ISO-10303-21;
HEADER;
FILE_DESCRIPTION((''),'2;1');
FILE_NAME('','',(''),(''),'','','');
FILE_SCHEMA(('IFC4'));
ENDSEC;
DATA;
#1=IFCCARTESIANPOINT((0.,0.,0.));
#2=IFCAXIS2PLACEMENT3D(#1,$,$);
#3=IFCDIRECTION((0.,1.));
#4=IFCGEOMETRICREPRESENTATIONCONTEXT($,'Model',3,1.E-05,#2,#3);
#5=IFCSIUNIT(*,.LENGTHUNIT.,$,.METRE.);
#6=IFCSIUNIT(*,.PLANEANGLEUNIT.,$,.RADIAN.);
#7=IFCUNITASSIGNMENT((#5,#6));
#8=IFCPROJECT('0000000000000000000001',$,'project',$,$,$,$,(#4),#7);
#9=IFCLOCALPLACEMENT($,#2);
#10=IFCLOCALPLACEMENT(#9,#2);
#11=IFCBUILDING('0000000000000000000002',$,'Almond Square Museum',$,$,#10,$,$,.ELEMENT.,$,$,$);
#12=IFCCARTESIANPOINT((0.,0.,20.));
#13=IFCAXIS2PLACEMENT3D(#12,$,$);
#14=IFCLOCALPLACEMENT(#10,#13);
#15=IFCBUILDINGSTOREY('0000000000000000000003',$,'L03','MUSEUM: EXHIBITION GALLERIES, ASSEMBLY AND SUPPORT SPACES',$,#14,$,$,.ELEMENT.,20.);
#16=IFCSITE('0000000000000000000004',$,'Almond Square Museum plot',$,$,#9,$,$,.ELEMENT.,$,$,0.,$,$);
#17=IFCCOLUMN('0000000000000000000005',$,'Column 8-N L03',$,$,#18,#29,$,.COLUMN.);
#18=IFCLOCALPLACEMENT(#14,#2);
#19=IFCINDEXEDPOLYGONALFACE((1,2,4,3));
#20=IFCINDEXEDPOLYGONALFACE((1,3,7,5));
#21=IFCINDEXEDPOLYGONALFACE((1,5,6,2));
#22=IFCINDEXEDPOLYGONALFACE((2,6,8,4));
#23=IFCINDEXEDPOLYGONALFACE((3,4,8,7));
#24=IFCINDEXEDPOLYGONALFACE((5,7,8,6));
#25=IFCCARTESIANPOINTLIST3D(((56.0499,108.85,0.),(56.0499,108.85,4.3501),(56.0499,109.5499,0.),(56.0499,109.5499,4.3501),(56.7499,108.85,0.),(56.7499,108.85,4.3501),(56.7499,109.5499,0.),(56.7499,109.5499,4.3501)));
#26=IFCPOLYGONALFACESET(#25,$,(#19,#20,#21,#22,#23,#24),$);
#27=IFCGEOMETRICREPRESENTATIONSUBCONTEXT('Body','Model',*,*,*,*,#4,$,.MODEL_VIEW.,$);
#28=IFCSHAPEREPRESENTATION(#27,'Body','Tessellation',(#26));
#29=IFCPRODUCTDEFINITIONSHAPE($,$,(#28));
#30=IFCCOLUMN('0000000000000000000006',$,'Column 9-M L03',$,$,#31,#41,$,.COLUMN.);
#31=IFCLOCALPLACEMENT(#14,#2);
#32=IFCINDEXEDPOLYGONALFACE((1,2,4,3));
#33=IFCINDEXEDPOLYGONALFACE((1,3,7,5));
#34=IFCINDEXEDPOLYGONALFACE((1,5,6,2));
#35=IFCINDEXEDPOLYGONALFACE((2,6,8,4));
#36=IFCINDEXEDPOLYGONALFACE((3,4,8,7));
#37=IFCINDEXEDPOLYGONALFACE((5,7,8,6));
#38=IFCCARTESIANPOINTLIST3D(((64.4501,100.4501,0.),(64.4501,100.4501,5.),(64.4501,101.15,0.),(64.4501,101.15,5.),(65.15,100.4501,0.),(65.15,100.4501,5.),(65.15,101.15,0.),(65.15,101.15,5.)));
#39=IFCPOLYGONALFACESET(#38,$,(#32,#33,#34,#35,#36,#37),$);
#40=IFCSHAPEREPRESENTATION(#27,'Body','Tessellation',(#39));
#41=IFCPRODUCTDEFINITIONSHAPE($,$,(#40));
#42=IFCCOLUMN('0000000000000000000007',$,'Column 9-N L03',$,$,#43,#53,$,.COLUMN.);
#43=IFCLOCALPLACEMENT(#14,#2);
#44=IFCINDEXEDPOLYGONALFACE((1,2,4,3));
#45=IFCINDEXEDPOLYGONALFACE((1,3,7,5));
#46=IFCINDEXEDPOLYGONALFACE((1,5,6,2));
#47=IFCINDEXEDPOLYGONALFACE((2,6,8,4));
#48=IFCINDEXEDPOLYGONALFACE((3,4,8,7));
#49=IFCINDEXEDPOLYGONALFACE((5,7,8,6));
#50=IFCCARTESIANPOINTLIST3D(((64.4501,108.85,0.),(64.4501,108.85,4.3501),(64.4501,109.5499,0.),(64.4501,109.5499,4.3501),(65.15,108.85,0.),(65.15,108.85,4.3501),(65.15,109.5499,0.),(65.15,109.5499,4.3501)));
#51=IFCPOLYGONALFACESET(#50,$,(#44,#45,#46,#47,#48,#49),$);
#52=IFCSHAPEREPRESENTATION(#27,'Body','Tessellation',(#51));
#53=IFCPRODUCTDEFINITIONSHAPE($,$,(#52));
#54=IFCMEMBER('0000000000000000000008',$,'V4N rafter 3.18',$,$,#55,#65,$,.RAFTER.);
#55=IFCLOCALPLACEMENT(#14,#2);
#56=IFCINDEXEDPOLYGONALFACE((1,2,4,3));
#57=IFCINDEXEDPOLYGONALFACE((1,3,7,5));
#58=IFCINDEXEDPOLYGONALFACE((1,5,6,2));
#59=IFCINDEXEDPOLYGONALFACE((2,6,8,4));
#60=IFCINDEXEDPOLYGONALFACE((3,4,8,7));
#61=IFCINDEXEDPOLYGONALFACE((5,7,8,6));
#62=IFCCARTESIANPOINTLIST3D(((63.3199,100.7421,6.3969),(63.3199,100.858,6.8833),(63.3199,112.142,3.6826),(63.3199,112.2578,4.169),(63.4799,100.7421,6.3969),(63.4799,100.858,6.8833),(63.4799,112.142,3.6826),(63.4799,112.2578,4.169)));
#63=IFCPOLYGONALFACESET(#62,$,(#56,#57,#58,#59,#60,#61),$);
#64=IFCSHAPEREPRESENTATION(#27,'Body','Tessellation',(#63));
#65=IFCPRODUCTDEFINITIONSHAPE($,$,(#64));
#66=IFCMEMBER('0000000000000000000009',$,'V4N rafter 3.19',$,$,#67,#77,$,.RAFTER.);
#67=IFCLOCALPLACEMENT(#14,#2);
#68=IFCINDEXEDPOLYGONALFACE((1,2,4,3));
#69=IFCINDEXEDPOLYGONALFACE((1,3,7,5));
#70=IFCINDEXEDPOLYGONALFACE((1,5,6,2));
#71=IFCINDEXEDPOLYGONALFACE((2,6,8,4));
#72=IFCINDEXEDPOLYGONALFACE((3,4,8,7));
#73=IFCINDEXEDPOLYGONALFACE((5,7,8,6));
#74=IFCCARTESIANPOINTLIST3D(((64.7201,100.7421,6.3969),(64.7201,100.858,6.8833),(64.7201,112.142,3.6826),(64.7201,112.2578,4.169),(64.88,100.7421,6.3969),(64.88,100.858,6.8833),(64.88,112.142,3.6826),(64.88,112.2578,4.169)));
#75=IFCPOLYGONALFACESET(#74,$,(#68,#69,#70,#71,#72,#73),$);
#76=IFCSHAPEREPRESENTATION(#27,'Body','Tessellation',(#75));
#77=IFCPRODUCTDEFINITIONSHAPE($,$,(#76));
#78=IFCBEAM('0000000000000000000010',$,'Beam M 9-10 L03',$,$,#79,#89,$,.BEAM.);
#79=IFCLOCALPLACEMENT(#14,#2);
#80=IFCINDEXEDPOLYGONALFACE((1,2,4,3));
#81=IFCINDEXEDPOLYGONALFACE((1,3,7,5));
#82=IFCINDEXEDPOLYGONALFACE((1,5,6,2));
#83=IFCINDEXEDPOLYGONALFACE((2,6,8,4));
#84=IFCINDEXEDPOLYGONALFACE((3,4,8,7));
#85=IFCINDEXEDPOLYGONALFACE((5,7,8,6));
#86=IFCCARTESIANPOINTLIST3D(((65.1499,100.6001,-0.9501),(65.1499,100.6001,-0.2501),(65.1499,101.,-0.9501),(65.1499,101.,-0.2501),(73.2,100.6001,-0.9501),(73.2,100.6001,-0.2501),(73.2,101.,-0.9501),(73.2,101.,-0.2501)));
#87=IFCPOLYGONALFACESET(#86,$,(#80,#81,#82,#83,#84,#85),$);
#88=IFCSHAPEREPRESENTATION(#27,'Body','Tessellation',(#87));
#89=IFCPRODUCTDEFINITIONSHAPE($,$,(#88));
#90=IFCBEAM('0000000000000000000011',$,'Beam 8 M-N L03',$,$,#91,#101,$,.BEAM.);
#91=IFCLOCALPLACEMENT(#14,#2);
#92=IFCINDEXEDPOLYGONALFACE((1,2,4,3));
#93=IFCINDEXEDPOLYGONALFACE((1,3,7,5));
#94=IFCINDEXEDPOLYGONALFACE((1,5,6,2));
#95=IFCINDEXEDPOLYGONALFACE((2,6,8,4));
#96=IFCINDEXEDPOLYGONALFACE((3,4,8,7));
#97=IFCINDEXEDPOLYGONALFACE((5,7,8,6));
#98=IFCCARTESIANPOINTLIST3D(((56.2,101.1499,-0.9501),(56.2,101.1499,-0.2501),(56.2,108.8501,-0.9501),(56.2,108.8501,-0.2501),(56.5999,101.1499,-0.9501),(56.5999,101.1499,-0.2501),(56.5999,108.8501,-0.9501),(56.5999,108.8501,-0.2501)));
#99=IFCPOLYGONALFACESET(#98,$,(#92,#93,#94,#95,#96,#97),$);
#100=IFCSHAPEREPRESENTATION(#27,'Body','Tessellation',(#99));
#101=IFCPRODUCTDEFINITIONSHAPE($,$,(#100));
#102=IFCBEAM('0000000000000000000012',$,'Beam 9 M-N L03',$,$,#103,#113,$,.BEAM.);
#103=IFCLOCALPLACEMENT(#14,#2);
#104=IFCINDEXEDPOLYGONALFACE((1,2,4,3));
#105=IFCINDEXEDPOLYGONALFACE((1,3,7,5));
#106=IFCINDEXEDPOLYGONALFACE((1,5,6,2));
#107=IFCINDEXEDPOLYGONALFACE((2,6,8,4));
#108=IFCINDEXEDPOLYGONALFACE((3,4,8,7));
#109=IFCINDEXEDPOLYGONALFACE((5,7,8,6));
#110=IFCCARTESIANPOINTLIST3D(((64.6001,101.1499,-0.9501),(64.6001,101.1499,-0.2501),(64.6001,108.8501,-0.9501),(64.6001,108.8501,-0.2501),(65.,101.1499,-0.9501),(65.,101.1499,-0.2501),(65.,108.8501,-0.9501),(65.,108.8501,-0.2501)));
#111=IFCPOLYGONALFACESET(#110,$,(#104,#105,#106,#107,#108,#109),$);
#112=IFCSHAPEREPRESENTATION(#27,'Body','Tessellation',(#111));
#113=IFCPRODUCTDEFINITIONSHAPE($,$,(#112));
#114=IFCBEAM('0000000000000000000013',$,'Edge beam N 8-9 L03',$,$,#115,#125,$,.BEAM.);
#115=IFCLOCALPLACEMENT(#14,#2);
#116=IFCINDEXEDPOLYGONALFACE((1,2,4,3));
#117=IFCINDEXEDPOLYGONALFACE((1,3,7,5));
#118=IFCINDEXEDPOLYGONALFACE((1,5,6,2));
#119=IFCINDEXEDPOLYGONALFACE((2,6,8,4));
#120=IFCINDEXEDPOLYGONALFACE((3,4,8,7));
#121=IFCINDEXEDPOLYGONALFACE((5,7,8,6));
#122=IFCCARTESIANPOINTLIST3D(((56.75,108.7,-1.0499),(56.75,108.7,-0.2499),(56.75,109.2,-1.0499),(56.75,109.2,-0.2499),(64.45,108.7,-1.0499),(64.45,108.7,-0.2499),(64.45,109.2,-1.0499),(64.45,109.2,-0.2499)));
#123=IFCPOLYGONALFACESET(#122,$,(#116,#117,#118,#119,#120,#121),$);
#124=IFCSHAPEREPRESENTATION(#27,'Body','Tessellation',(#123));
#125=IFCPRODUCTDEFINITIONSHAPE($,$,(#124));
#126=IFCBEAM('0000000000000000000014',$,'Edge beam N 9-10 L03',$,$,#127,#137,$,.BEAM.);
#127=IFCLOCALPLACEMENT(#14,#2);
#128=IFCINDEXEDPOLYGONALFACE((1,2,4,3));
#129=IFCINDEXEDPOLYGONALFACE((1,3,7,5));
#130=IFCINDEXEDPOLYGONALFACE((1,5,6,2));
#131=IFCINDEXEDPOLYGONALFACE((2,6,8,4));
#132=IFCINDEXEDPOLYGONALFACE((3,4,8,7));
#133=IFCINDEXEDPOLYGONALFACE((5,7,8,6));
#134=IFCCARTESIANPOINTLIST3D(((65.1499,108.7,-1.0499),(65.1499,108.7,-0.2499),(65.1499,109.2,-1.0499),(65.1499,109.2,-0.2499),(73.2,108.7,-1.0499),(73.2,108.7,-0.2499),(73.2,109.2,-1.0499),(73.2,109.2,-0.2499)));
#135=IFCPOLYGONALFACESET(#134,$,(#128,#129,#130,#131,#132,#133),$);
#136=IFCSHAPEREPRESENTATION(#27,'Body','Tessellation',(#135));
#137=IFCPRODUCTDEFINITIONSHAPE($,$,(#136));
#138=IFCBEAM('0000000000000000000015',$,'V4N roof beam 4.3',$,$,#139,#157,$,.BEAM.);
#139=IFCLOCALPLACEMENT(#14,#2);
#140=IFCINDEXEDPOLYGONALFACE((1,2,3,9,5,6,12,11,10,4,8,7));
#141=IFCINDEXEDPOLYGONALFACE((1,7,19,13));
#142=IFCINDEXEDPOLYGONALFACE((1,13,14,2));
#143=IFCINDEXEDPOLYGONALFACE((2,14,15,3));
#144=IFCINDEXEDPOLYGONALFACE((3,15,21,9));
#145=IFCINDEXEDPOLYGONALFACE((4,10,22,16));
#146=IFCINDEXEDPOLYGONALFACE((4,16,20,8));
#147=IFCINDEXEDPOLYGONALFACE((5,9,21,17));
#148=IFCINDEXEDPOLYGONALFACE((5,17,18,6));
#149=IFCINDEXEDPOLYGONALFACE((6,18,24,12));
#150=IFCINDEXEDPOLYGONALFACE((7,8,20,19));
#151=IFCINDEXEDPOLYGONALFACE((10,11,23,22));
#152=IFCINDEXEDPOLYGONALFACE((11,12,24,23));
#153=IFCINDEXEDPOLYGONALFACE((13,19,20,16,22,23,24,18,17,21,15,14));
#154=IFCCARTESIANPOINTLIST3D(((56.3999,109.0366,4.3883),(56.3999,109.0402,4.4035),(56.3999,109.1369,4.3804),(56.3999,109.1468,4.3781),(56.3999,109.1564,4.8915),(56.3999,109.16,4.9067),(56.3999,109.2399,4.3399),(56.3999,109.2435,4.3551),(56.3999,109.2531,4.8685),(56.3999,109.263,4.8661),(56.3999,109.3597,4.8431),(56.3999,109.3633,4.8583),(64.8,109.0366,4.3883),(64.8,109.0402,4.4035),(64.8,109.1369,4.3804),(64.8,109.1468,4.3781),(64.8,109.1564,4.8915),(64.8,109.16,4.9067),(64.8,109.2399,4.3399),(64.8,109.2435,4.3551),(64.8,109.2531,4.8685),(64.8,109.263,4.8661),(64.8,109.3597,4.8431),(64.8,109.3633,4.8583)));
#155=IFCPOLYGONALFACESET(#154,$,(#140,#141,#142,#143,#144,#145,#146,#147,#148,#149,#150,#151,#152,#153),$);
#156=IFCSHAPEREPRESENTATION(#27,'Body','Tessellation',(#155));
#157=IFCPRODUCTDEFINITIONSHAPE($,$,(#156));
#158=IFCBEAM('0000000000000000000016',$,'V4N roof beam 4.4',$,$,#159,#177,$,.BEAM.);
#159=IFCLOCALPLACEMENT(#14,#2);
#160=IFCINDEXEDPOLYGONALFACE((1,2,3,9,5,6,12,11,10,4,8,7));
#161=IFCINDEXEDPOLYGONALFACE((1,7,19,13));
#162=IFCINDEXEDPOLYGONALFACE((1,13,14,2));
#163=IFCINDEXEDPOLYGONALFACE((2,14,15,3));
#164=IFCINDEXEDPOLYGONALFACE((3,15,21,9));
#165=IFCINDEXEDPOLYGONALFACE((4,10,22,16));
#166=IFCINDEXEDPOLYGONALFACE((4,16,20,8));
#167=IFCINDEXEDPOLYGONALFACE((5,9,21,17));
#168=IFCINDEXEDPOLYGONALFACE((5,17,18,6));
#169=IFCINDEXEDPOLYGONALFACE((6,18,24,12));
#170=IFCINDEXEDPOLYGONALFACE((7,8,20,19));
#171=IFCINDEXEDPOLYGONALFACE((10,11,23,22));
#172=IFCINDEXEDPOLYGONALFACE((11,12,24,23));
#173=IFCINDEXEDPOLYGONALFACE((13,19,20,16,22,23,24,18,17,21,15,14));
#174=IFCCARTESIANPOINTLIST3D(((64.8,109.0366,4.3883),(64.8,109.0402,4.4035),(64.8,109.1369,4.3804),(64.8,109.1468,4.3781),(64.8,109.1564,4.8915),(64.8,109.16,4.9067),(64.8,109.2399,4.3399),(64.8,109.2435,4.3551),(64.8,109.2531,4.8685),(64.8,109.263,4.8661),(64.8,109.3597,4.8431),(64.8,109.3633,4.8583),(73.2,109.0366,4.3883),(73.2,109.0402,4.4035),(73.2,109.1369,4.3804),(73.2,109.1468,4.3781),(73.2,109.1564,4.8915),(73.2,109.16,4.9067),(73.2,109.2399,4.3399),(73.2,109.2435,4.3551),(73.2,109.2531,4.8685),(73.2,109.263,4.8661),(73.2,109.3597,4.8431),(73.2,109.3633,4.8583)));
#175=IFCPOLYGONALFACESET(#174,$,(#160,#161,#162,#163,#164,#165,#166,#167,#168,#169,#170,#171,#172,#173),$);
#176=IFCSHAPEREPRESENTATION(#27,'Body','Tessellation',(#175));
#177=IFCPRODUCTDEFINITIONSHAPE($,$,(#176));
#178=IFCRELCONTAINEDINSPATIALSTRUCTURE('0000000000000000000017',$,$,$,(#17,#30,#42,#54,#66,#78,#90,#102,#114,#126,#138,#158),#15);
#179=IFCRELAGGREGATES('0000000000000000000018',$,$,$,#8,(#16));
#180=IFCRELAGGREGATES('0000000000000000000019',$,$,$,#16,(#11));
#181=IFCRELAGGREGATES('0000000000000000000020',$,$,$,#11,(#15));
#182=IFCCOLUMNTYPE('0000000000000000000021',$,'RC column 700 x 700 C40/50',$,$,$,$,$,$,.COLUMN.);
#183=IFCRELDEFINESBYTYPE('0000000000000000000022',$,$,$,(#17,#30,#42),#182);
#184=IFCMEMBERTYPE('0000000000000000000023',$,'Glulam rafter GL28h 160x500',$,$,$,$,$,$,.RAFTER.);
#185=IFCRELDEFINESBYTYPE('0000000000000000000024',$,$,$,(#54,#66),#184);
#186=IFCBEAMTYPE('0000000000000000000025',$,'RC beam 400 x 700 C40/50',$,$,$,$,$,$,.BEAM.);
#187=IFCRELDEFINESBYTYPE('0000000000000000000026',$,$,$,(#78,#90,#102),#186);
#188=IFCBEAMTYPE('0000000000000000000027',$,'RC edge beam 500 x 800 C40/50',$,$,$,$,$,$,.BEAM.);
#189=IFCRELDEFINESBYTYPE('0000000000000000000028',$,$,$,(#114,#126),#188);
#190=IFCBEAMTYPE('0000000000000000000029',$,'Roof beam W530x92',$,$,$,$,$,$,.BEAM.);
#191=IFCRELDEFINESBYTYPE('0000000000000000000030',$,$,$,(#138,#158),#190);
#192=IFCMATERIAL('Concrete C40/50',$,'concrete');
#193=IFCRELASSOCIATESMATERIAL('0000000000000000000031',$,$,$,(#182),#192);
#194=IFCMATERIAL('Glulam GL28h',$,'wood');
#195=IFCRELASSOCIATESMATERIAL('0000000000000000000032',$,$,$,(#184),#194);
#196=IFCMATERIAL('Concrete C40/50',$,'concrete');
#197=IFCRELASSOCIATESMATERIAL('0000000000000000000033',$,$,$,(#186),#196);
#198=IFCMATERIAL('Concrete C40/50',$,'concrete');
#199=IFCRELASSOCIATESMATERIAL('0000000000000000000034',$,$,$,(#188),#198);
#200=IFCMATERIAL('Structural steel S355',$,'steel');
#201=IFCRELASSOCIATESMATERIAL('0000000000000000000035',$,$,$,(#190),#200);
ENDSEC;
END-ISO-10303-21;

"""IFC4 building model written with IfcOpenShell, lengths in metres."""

from ifc_helpers import new_model, si_unit, direction, frame, origin, origin_2d, place, context, subcontext, project, spatial, rectangle, i_section, extrude, material, material_profile, profile_set, type_object, element, save


model = new_model("IFC4")

# Units and contexts
model_context = context("Model", 3, precision=1e-05, world=origin(), true_north=direction((0.0, 1.0)))
body_context = subcontext(model_context, "Body", "Model", "MODEL_VIEW")
ifc_project = project(units=[si_unit("LENGTHUNIT", "METRE"), si_unit("PLANEANGLEUNIT", "RADIAN")], contexts=[model_context])

# Site, building, storey
site_placement = place(None, origin())
site = spatial("IfcSite", under=ifc_project, at=site_placement, Name="Almond Square Museum plot", CompositionType="ELEMENT", RefElevation=0.0)
building_placement = place(site_placement, origin())
building = spatial("IfcBuilding", under=site, at=building_placement, Name="Almond Square Museum", CompositionType="ELEMENT")
storey_placement = place(building_placement, frame((0.0, 0.0, 20.0)))
storey = spatial("IfcBuildingStorey", under=building, at=storey_placement, Name="L03", Description="MUSEUM: EXHIBITION GALLERIES, ASSEMBLY AND SUPPORT SPACES", CompositionType="ELEMENT", Elevation=20.0)

# Columns
ifc_material_1 = material(Name="Concrete C40/50", Category="concrete")
ifc_material_profile_1 = material_profile(ifc_material_1, rectangle(XDim=0.7, YDim=0.7, at=origin_2d()))
ifc_profile_set_1 = profile_set([ifc_material_profile_1], Name="Concrete C40/50")
column_type = type_object("IfcColumnType", Name="RC column 700 x 700 C40/50", PredefinedType="COLUMN", material=ifc_profile_set_1)
column_1_placement = place(storey_placement, frame((56.3999, 109.2, 0.0), z_axis=(0.0, 0.0, 1.0), x_axis=(1.0, 0.0, 0.0)))
element("IfcColumn", 1, at=column_1_placement, inside=storey, type_object=column_type, Name="Column 8-N L03", PredefinedType="COLUMN", context=body_context, shape_type="SweptSolid", body=[
    extrude(rectangle(XDim=0.7, YDim=0.7, at=origin_2d()), origin(), (0.0, 0.0, 1.0), 4.3501),
])
column_2_placement = place(storey_placement, frame((64.8, 100.8, 0.0), z_axis=(0.0, 0.0, 1.0), x_axis=(1.0, 0.0, 0.0)))
element("IfcColumn", 2, at=column_2_placement, inside=storey, type_object=column_type, Name="Column 9-M L03", PredefinedType="COLUMN", context=body_context, shape_type="SweptSolid", body=[
    extrude(rectangle(XDim=0.7, YDim=0.7, at=origin_2d()), origin(), (0.0, 0.0, 1.0), 5.0),
])
column_3_placement = place(storey_placement, frame((64.8, 109.2, 0.0), z_axis=(0.0, 0.0, 1.0), x_axis=(1.0, 0.0, 0.0)))
element("IfcColumn", 3, at=column_3_placement, inside=storey, type_object=column_type, Name="Column 9-N L03", PredefinedType="COLUMN", context=body_context, shape_type="SweptSolid", body=[
    extrude(rectangle(XDim=0.7, YDim=0.7, at=origin_2d()), origin(), (0.0, 0.0, 1.0), 4.3501),
])

# Members
ifc_material_2 = material(Name="Glulam GL28h", Category="wood")
ifc_material_profile_2 = material_profile(ifc_material_2, rectangle(XDim=0.1599, YDim=0.5, at=origin_2d()))
ifc_profile_set_2 = profile_set([ifc_material_profile_2], Name="Glulam GL28h")
member_type = type_object("IfcMemberType", Name="Glulam rafter GL28h 160x500", PredefinedType="RAFTER", material=ifc_profile_set_2)
for number, where, z_axis, x_axis, name in (
    (4, (63.3999, 100.8, 6.6401), (0.0, 0.972804, -0.231628), (-1.0, 0.0, 0.0), "V4N rafter 3.18"),
    (5, (64.8, 100.8, 6.6401), (0.0, 0.972804, -0.231628), (-1.0, 0.0, 0.0), "V4N rafter 3.19"),
):
    element("IfcMember", number, at=place(storey_placement, frame(where, z_axis=z_axis, x_axis=x_axis)), inside=storey, type_object=member_type, Name=name, PredefinedType="RAFTER", context=body_context, shape_type="SweptSolid", body=[
        extrude(rectangle(XDim=0.1599, YDim=0.5, at=origin_2d()), origin(), (0.0, 0.0, 1.0), 11.7185),
    ])

# Beams
ifc_material_3 = material(Name="Concrete C40/50", Category="concrete")
ifc_material_profile_3 = material_profile(ifc_material_3, rectangle(XDim=0.3999, YDim=0.7, at=origin_2d()))
ifc_profile_set_3 = profile_set([ifc_material_profile_3], Name="Concrete C40/50")
beam_type_1 = type_object("IfcBeamType", Name="RC beam 400 x 700 C40/50", PredefinedType="BEAM", material=ifc_profile_set_3)
beam_1_placement = place(storey_placement, frame((65.1499, 100.8, -0.6001), z_axis=(1.0, 0.0, 0.0), x_axis=(0.0, 1.0, 0.0)))
element("IfcBeam", 6, at=beam_1_placement, inside=storey, type_object=beam_type_1, Name="Beam M 9-10 L03", PredefinedType="BEAM", context=body_context, shape_type="SweptSolid", body=[
    extrude(rectangle(XDim=0.3999, YDim=0.7, at=origin_2d()), origin(), (0.0, 0.0, 1.0), 8.05),
])
for number, where, z_axis, x_axis, name in (
    (7, (56.3999, 101.1499, -0.6001), (0.0, 1.0, 0.0), (-1.0, 0.0, 0.0), "Beam 8 M-N L03"),
    (8, (64.8, 101.1499, -0.6001), (0.0, 1.0, 0.0), (-1.0, 0.0, 0.0), "Beam 9 M-N L03"),
):
    element("IfcBeam", number, at=place(storey_placement, frame(where, z_axis=z_axis, x_axis=x_axis)), inside=storey, type_object=beam_type_1, Name=name, PredefinedType="BEAM", context=body_context, shape_type="SweptSolid", body=[
        extrude(rectangle(XDim=0.3999, YDim=0.7, at=origin_2d()), origin(), (0.0, 0.0, 1.0), 7.7002),
    ])
ifc_material_4 = material(Name="Concrete C40/50", Category="concrete")
ifc_material_profile_4 = material_profile(ifc_material_4, rectangle(XDim=0.5, YDim=0.8, at=origin_2d()))
ifc_profile_set_4 = profile_set([ifc_material_profile_4], Name="Concrete C40/50")
beam_type_2 = type_object("IfcBeamType", Name="RC edge beam 500 x 800 C40/50", PredefinedType="BEAM", material=ifc_profile_set_4)
beam_2_placement = place(storey_placement, frame((56.75, 108.95, -0.6499), z_axis=(1.0, 0.0, 0.0), x_axis=(0.0, 1.0, 0.0)))
element("IfcBeam", 9, at=beam_2_placement, inside=storey, type_object=beam_type_2, Name="Edge beam N 8-9 L03", PredefinedType="BEAM", context=body_context, shape_type="SweptSolid", body=[
    extrude(rectangle(XDim=0.5, YDim=0.8, at=origin_2d()), origin(), (0.0, 0.0, 1.0), 7.7),
])
beam_3_placement = place(storey_placement, frame((65.1499, 108.95, -0.6499), z_axis=(1.0, 0.0, 0.0), x_axis=(0.0, 1.0, 0.0)))
element("IfcBeam", 10, at=beam_3_placement, inside=storey, type_object=beam_type_2, Name="Edge beam N 9-10 L03", PredefinedType="BEAM", context=body_context, shape_type="SweptSolid", body=[
    extrude(rectangle(XDim=0.5, YDim=0.8, at=origin_2d()), origin(), (0.0, 0.0, 1.0), 8.05),
])
ifc_material_5 = material(Name="Structural steel S355", Category="steel")
ifc_material_profile_5 = material_profile(ifc_material_5, i_section(OverallWidth=0.209, OverallDepth=0.533, WebThickness=0.0103, FlangeThickness=0.0156, at=origin_2d()))
ifc_profile_set_5 = profile_set([ifc_material_profile_5], Name="Structural steel S355")
beam_type_3 = type_object("IfcBeamType", Name="Roof beam W530x92", PredefinedType="BEAM", material=ifc_profile_set_5)
beam_4_placement = place(storey_placement, frame((56.3999, 109.2, 4.6233), z_axis=(1.0, 0.0, 0.0), x_axis=(0.0, 0.972806, -0.231621)))
element("IfcBeam", 11, at=beam_4_placement, inside=storey, type_object=beam_type_3, Name="V4N roof beam 4.3", PredefinedType="BEAM", context=body_context, shape_type="SweptSolid", body=[
    extrude(i_section(OverallWidth=0.209, OverallDepth=0.533, WebThickness=0.0103, FlangeThickness=0.0156, at=origin_2d()), origin(), (0.0, 0.0, 1.0), 8.4001),
])
beam_5_placement = place(storey_placement, frame((64.8, 109.2, 4.6233), z_axis=(1.0, 0.0, 0.0), x_axis=(0.0, 0.972806, -0.231621)))
element("IfcBeam", 12, at=beam_5_placement, inside=storey, type_object=beam_type_3, Name="V4N roof beam 4.4", PredefinedType="BEAM", context=body_context, shape_type="SweptSolid", body=[
    extrude(i_section(OverallWidth=0.209, OverallDepth=0.533, WebThickness=0.0103, FlangeThickness=0.0156, at=origin_2d()), origin(), (0.0, 0.0, 1.0), 8.3999),
])

save(model, "model.ifc")
